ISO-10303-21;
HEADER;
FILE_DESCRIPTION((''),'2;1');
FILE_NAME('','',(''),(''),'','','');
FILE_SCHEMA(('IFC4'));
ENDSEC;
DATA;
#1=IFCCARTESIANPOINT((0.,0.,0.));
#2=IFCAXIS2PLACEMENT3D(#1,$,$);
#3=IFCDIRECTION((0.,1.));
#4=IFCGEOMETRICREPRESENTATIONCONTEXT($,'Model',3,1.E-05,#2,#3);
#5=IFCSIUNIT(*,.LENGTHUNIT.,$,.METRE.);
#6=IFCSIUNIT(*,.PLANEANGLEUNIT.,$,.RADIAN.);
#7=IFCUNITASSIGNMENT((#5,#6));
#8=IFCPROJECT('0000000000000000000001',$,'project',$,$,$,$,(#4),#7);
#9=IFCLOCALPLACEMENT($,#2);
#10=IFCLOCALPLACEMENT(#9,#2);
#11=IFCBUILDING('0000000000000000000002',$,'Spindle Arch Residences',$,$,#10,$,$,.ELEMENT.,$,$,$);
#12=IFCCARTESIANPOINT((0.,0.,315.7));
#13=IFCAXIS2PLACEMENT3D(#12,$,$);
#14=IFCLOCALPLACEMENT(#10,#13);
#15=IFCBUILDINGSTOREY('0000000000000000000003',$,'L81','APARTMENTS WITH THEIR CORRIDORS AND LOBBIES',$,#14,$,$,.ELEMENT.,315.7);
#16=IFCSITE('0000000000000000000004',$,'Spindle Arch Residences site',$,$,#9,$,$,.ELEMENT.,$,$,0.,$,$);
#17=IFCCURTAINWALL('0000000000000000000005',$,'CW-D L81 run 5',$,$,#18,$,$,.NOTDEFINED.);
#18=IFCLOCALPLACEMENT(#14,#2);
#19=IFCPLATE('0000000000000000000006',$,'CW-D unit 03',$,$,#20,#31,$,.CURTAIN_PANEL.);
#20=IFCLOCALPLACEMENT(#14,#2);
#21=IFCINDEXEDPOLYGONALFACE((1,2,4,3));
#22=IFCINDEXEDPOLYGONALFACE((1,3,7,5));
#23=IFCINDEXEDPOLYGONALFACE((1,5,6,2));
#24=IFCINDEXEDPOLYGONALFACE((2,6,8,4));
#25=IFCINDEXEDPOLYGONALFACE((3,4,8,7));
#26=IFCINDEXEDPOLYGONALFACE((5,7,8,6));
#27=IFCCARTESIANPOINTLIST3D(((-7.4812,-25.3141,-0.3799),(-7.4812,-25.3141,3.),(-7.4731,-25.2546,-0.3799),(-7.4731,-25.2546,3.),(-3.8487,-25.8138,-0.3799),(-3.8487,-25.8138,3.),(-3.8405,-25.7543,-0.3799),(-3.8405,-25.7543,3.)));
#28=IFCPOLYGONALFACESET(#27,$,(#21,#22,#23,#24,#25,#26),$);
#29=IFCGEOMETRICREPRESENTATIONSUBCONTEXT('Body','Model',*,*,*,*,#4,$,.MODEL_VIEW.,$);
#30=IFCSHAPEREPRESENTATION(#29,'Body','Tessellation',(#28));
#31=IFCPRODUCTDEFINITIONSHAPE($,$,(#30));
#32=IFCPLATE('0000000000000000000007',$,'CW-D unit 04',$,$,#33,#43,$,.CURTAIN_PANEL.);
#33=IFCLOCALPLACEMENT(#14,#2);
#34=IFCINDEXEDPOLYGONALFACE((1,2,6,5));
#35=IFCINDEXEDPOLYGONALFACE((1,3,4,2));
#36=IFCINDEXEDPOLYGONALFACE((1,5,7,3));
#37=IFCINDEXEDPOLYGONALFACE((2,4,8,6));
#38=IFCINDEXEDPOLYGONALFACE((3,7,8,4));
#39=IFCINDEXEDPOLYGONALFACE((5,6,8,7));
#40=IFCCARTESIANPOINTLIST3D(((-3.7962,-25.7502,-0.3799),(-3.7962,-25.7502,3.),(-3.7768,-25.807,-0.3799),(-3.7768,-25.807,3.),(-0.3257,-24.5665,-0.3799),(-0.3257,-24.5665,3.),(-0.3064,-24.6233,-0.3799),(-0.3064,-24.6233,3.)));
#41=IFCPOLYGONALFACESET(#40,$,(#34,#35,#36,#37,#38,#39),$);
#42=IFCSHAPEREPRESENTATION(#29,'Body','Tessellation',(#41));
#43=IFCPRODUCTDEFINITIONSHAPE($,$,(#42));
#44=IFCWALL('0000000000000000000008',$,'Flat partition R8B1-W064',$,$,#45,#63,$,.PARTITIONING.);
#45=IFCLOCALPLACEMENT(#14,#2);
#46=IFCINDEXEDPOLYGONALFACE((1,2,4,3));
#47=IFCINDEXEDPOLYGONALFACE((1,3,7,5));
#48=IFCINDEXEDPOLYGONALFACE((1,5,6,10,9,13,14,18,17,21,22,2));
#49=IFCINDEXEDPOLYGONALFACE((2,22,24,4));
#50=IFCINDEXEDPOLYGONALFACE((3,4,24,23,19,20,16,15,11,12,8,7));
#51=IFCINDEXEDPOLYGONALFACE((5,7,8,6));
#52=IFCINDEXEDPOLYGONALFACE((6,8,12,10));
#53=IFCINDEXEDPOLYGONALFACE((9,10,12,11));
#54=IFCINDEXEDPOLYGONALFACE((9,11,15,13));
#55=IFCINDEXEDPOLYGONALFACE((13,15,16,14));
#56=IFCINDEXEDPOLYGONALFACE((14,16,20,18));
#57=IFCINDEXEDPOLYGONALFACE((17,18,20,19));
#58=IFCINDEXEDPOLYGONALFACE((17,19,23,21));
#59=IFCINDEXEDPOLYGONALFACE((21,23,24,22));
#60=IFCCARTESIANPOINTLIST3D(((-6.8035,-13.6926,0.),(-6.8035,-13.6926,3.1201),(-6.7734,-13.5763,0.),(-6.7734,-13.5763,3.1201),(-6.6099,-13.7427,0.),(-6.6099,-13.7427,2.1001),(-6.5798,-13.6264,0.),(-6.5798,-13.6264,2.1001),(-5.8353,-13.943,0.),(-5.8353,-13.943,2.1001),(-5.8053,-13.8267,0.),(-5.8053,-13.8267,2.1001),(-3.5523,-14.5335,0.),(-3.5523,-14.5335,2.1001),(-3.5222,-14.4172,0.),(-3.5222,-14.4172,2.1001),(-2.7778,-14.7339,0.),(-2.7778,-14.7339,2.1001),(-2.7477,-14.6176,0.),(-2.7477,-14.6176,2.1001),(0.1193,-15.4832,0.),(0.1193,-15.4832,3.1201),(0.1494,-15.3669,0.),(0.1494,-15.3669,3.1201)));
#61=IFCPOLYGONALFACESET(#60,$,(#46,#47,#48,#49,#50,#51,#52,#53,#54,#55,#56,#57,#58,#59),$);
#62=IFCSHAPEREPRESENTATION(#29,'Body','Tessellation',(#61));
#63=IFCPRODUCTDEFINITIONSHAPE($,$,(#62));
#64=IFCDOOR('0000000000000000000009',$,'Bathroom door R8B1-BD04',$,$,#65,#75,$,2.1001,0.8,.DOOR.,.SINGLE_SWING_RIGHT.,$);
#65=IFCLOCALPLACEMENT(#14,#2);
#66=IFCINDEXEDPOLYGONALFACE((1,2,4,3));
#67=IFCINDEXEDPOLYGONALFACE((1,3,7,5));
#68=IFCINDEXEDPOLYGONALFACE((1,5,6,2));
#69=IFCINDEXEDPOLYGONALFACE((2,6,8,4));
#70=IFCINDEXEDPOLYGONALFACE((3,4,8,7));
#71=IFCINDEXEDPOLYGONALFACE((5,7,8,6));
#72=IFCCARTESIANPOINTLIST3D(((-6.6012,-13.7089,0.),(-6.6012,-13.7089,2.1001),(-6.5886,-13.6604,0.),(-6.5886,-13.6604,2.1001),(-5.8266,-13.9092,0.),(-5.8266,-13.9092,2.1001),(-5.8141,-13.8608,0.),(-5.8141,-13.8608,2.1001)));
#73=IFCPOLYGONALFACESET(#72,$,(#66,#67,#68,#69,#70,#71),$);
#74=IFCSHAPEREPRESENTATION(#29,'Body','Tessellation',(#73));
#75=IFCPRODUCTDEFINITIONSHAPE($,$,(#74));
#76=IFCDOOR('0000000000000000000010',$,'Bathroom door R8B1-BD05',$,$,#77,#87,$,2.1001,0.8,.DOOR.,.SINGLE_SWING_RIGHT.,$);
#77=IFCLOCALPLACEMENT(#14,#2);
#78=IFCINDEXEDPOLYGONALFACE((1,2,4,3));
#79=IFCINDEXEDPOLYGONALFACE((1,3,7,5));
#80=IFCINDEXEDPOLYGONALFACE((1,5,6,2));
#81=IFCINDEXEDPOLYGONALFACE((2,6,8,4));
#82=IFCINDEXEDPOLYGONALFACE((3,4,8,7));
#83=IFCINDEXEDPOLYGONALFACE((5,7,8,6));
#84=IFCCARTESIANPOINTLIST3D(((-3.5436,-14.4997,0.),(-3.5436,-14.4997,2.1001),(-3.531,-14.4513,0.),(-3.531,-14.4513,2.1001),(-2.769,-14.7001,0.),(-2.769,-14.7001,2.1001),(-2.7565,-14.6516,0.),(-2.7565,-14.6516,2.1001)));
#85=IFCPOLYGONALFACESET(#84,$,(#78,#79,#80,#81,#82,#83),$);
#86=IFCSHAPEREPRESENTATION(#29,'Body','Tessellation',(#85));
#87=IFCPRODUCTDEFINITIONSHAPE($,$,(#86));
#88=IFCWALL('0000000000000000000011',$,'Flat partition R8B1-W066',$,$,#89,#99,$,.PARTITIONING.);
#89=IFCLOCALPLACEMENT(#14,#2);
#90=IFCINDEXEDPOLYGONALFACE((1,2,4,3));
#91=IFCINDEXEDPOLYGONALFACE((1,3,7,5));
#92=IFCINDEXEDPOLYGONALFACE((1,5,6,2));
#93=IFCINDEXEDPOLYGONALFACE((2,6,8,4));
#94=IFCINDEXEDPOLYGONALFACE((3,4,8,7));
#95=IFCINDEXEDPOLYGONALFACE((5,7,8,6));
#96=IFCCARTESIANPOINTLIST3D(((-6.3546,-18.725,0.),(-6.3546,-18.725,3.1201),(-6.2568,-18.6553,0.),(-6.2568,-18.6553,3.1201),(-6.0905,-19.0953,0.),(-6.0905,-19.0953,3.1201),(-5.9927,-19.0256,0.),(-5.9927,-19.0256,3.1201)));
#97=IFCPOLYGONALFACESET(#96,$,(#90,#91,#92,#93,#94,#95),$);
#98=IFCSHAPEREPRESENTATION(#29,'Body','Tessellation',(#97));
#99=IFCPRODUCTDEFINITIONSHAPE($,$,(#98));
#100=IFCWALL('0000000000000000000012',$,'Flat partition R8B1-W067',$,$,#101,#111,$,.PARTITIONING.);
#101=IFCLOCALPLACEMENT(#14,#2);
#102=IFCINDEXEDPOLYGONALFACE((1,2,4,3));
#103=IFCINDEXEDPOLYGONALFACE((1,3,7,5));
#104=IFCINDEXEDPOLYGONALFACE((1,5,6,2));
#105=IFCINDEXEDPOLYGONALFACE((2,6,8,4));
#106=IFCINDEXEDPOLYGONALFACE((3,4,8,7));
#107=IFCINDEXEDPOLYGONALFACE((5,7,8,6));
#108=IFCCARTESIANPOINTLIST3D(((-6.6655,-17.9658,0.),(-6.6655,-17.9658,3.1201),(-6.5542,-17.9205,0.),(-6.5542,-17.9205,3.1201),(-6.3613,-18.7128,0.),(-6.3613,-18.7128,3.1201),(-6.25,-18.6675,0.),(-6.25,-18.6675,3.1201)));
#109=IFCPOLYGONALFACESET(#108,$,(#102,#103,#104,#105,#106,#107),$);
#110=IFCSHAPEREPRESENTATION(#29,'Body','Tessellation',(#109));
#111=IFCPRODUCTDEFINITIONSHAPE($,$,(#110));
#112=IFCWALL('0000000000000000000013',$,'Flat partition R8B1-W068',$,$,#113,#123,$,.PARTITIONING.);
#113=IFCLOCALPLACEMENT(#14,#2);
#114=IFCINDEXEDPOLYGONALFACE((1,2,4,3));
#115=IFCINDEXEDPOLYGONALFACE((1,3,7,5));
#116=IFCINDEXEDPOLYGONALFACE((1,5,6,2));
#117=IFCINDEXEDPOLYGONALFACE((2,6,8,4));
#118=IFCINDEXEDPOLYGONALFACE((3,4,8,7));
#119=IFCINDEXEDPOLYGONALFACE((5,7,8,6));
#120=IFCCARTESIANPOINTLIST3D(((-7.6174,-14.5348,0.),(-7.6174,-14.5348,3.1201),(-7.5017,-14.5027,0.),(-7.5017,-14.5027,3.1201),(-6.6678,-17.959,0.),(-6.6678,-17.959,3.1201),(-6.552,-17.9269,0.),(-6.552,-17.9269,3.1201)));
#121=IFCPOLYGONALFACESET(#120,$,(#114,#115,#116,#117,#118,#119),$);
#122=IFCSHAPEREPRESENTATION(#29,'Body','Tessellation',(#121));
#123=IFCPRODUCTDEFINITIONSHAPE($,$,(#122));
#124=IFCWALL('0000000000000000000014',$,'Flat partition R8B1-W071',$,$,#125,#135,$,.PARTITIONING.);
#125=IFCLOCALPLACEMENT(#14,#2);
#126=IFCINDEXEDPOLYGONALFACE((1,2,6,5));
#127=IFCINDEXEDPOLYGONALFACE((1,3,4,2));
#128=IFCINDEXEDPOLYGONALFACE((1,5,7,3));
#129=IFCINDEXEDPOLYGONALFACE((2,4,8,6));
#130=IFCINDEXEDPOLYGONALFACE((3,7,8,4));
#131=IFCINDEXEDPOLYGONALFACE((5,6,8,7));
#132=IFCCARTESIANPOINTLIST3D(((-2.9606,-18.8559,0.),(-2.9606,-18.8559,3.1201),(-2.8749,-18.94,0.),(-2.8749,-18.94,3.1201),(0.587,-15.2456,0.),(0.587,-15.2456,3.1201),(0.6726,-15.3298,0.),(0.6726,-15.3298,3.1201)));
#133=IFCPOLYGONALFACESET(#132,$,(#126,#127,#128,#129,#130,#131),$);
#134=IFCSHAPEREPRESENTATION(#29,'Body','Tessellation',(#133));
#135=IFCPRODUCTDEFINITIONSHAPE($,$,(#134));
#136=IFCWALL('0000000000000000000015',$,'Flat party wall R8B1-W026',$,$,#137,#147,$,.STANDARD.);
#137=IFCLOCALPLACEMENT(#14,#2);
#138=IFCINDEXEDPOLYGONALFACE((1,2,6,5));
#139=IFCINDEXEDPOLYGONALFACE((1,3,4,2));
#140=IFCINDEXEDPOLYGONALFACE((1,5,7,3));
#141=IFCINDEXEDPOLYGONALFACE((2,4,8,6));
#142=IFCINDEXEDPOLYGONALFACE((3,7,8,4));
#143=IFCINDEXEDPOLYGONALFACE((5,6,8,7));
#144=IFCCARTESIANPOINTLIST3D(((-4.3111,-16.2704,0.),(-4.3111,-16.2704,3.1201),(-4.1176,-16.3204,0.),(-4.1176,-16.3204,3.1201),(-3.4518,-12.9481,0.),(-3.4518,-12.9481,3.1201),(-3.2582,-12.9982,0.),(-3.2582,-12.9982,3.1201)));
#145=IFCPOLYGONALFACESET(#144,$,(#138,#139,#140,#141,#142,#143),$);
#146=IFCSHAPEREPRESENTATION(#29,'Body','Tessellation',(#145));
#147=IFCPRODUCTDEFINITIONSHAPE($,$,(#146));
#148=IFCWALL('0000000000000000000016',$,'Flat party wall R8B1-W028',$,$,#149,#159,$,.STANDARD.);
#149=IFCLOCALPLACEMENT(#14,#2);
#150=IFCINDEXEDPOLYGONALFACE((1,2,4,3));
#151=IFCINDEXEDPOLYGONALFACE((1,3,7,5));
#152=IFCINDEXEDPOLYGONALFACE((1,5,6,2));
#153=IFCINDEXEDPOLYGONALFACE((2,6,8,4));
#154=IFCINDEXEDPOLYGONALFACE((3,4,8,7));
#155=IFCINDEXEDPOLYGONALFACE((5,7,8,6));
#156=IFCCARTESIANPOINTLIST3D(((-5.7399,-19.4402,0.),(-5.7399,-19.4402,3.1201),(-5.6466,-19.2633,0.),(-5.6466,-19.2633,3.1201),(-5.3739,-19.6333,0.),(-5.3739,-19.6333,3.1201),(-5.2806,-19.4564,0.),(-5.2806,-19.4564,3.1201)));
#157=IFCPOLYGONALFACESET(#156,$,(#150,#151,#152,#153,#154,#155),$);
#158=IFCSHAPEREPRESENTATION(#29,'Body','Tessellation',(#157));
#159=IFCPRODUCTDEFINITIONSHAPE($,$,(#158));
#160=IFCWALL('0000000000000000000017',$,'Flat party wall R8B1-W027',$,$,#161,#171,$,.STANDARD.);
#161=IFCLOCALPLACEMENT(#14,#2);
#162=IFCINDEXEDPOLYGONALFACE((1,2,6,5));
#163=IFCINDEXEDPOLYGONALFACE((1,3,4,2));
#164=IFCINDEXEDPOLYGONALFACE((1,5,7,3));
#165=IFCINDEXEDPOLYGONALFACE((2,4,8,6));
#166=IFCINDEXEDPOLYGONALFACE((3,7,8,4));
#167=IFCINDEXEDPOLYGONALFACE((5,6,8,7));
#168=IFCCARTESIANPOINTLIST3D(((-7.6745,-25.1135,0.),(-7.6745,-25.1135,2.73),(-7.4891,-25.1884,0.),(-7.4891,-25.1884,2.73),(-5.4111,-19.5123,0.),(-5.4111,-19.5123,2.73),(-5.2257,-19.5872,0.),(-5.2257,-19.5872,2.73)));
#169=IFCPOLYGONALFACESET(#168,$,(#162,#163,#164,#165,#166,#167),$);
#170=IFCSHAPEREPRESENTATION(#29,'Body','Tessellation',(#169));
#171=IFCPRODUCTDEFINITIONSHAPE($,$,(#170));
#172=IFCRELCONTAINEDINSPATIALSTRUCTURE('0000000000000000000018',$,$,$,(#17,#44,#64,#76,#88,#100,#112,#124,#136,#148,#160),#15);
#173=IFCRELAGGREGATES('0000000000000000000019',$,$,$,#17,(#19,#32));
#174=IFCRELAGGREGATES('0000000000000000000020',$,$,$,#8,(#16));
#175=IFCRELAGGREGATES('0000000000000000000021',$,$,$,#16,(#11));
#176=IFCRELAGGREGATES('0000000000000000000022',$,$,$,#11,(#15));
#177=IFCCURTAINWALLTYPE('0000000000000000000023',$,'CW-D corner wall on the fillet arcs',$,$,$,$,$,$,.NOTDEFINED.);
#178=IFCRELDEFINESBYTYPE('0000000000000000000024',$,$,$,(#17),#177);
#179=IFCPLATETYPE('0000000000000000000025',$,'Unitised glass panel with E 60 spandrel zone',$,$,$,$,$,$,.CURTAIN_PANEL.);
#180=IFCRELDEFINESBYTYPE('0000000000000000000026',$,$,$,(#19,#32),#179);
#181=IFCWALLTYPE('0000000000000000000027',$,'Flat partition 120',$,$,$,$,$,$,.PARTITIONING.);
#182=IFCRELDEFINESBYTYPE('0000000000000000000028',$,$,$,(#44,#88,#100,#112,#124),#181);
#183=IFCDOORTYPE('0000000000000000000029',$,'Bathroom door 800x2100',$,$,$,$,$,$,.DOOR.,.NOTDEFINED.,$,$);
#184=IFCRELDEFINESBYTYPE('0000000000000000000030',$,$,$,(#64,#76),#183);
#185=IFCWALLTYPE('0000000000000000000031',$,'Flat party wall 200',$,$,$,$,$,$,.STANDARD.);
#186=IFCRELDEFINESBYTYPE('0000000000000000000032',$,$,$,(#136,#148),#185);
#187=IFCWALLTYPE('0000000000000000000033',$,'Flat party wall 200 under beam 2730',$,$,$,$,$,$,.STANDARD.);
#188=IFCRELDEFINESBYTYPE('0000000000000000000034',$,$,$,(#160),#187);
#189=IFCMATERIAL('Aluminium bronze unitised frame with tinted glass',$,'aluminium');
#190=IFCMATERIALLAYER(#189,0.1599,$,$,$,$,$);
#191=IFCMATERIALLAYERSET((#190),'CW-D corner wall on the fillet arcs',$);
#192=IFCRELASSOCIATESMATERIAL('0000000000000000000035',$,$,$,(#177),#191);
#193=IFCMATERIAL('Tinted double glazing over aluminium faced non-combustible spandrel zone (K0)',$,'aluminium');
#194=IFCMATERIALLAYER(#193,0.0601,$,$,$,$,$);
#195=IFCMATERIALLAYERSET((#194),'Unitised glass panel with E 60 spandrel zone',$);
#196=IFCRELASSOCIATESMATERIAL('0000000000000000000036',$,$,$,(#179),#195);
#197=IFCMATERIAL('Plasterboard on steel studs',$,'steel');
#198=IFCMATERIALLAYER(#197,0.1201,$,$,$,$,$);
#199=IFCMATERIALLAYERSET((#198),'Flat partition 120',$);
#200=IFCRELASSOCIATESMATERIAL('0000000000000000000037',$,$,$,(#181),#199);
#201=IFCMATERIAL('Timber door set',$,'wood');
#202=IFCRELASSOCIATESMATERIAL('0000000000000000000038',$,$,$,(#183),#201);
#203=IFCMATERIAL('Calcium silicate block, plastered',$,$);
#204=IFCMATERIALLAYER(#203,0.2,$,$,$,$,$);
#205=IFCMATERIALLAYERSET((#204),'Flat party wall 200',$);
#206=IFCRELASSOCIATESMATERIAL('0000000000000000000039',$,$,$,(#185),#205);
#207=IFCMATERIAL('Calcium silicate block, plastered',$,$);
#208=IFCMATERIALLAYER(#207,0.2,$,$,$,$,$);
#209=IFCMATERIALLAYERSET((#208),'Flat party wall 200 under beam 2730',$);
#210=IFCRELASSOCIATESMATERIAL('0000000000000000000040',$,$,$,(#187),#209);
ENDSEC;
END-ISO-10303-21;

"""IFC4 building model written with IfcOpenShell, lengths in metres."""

from ifc_helpers import new_model, si_unit, direction, frame, frame_2d, origin, origin_2d, place, context, subcontext, project, spatial, rectangle, extrude, material, layer, layer_set, type_object, element, fill, aggregate, save


model = new_model("IFC4")

# Units and contexts
model_context = context("Model", 3, precision=1e-05, world=origin(), true_north=direction((0.0, 1.0)))
body_context = subcontext(model_context, "Body", "Model", "MODEL_VIEW")
ifc_project = project(units=[si_unit("LENGTHUNIT", "METRE"), si_unit("PLANEANGLEUNIT", "RADIAN")], contexts=[model_context])

# Site, building, storey
site_placement = place(None, origin())
site = spatial("IfcSite", under=ifc_project, at=site_placement, Name="Spindle Arch Residences site", CompositionType="ELEMENT", RefElevation=0.0)
building_placement = place(site_placement, origin())
building = spatial("IfcBuilding", under=site, at=building_placement, Name="Spindle Arch Residences", CompositionType="ELEMENT")
storey_placement = place(building_placement, frame((0.0, 0.0, 315.7)))
storey = spatial("IfcBuildingStorey", under=building, at=storey_placement, Name="L81", Description="APARTMENTS WITH THEIR CORRIDORS AND LOBBIES", CompositionType="ELEMENT", Elevation=315.7)

# Curtain wall
ifc_material_1 = material(Name="Aluminium bronze unitised frame with tinted glass", Category="aluminium")
ifc_layer_1 = layer(ifc_material_1, 0.1599)
ifc_layer_set_1 = layer_set([ifc_layer_1], Name="CW-D corner wall on the fillet arcs")
curtain_wall_type = type_object("IfcCurtainWallType", Name="CW-D corner wall on the fillet arcs", PredefinedType="NOTDEFINED", material=ifc_layer_set_1)
curtain_wall_placement = place(storey_placement, origin())
curtain_wall = element("IfcCurtainWall", 1, at=curtain_wall_placement, inside=storey, type_object=curtain_wall_type, Name="CW-D L81 run 5", PredefinedType="NOTDEFINED")

# Plates
ifc_material_2 = material(Name="Tinted double glazing over aluminium faced non-combustible spandrel zone (K0)", Category="aluminium")
ifc_layer_2 = layer(ifc_material_2, 0.0601)
ifc_layer_set_2 = layer_set([ifc_layer_2], Name="Unitised glass panel with E 60 spandrel zone")
plate_type = type_object("IfcPlateType", Name="Unitised glass panel with E 60 spandrel zone", PredefinedType="CURTAIN_PANEL", material=ifc_layer_set_2)
plate_1_placement = place(storey_placement, frame((-5.6609, -25.5342, -0.3799), z_axis=(0.0, 0.0, 1.0), x_axis=(0.990669, -0.136292, 0.0)))
plate_1 = element("IfcPlate", 2, at=plate_1_placement, type_object=plate_type, Name="CW-D unit 03", PredefinedType="CURTAIN_PANEL", context=body_context, shape_type="SweptSolid", body=[
    extrude(rectangle(XDim=3.6667, YDim=0.0601, at=origin_2d()), origin(), (0.0, 0.0, 1.0), 3.3799),
])
plate_2_placement = place(storey_placement, frame((-2.0513, -25.1868, -0.3799), z_axis=(0.0, 0.0, 1.0), x_axis=(0.946462, 0.322816, 0.0)))
plate_2 = element("IfcPlate", 3, at=plate_2_placement, type_object=plate_type, Name="CW-D unit 04", PredefinedType="CURTAIN_PANEL", context=body_context, shape_type="SweptSolid", body=[
    extrude(rectangle(XDim=3.6667, YDim=0.0601, at=origin_2d()), origin(), (0.0, 0.0, 1.0), 3.3799),
])
aggregate(curtain_wall, [plate_1, plate_2])

# Wall, openings, doors
ifc_material_3 = material(Name="Plasterboard on steel studs", Category="steel")
ifc_layer_3 = layer(ifc_material_3, 0.1201)
ifc_layer_set_3 = layer_set([ifc_layer_3], Name="Flat partition 120")
wall_type_1 = type_object("IfcWallType", Name="Flat partition 120", PredefinedType="PARTITIONING", material=ifc_layer_set_3)
wall_1_placement = place(storey_placement, frame((-6.7883, -13.6345, 0.0), z_axis=(0.0, 0.0, 1.0), x_axis=(0.968142, -0.2504, 0.0)))
wall_1 = element("IfcWall", 4, at=wall_1_placement, inside=storey, type_object=wall_type_1, Name="Flat partition R8B1-W064", PredefinedType="PARTITIONING", context=body_context, shape_type="SweptSolid", body=[
    extrude(rectangle(XDim=7.1506, YDim=0.1201, at=frame_2d((3.5752, 0.0))), origin(), (0.0, 0.0, 1.0), 3.1201),
])
opening_1_placement = place(wall_1_placement, frame((0.2, 0.0, 0.0)))
opening_1 = element("IfcOpeningElement", 5, at=opening_1_placement, cuts=wall_1, PredefinedType="OPENING", context=body_context, shape_type="SweptSolid", body=[
    extrude(rectangle(XDim=0.8, YDim=2.1001, at=frame_2d((0.3999, 1.05))), frame((0.0, 0.0701, 0.0), z_axis=(0.0, -1.0, 0.0), x_axis=(1.0, 0.0, 0.0)), (0.0, 0.0, 1.0), 0.1401),
])
opening_2_placement = place(wall_1_placement, frame((3.3582, 0.0, 0.0)))
opening_2 = element("IfcOpeningElement", 6, at=opening_2_placement, cuts=wall_1, PredefinedType="OPENING", context=body_context, shape_type="SweptSolid", body=[
    extrude(rectangle(XDim=0.8, YDim=2.1001, at=frame_2d((0.3999, 1.05))), frame((0.0, 0.0701, 0.0), z_axis=(0.0, -1.0, 0.0), x_axis=(1.0, 0.0, 0.0)), (0.0, 0.0, 1.0), 0.1401),
])
ifc_material_4 = material(Name="Timber door set", Category="wood")
door_type = type_object("IfcDoorType", Name="Bathroom door 800x2100", OperationType="NOTDEFINED", PredefinedType="DOOR", material=ifc_material_4)
door_1_placement = place(opening_1_placement, origin())
door_1 = element("IfcDoor", 7, at=door_1_placement, inside=storey, type_object=door_type, Name="Bathroom door R8B1-BD04", OperationType="SINGLE_SWING_RIGHT", OverallHeight=2.1001, OverallWidth=0.8, PredefinedType="DOOR", context=body_context, shape_type="SweptSolid", body=[
    extrude(rectangle(XDim=0.8, YDim=2.1001, at=frame_2d((0.3999, 1.05))), frame((0.0, 0.0249, 0.0), z_axis=(0.0, -1.0, 0.0), x_axis=(1.0, 0.0, 0.0)), (0.0, 0.0, 1.0), 0.05),
])
fill(opening_1, door_1)
door_2_placement = place(opening_2_placement, origin())
door_2 = element("IfcDoor", 8, at=door_2_placement, inside=storey, type_object=door_type, Name="Bathroom door R8B1-BD05", OperationType="SINGLE_SWING_RIGHT", OverallHeight=2.1001, OverallWidth=0.8, PredefinedType="DOOR", context=body_context, shape_type="SweptSolid", body=[
    extrude(rectangle(XDim=0.8, YDim=2.1001, at=frame_2d((0.3999, 1.05))), frame((0.0, 0.0249, 0.0), z_axis=(0.0, -1.0, 0.0), x_axis=(1.0, 0.0, 0.0)), (0.0, 0.0, 1.0), 0.05),
])
fill(opening_2, door_2)

# Walls
wall_2_placement = place(storey_placement, frame((-6.0415, -19.0605, 0.0), z_axis=(0.0, 0.0, 1.0), x_axis=(-0.58068, 0.814132, 0.0)))
element("IfcWall", 9, at=wall_2_placement, inside=storey, type_object=wall_type_1, Name="Flat partition R8B1-W066", PredefinedType="PARTITIONING", context=body_context, shape_type="SweptSolid", body=[
    extrude(rectangle(XDim=0.4548, YDim=0.1201, at=frame_2d((0.2275, 0.0))), origin(), (0.0, 0.0, 1.0), 3.1201),
])
wall_3_placement = place(storey_placement, frame((-6.3057, -18.6902, 0.0), z_axis=(0.0, 0.0, 1.0), x_axis=(-0.377124, 0.926163, 0.0)))
element("IfcWall", 10, at=wall_3_placement, inside=storey, type_object=wall_type_1, Name="Flat partition R8B1-W067", PredefinedType="PARTITIONING", context=body_context, shape_type="SweptSolid", body=[
    extrude(rectangle(XDim=0.8066, YDim=0.1201, at=frame_2d((0.4033, 0.0))), origin(), (0.0, 0.0, 1.0), 3.1201),
])
wall_4_placement = place(storey_placement, frame((-6.6099, -17.9431, 0.0), z_axis=(0.0, 0.0, 1.0), x_axis=(-0.267254, 0.963626, 0.0)))
element("IfcWall", 11, at=wall_4_placement, inside=storey, type_object=wall_type_1, Name="Flat partition R8B1-W068", PredefinedType="PARTITIONING", context=body_context, shape_type="SweptSolid", body=[
    extrude(rectangle(XDim=3.5535, YDim=0.1201, at=frame_2d((1.7769, 0.0))), origin(), (0.0, 0.0, 1.0), 3.1201),
])
wall_5_placement = place(storey_placement, frame((-2.9177, -18.8979, 0.0), z_axis=(0.0, 0.0, 1.0), x_axis=(0.700882, 0.713278, 0.0)))
element("IfcWall", 12, at=wall_5_placement, inside=storey, type_object=wall_type_1, Name="Flat partition R8B1-W071", PredefinedType="PARTITIONING", context=body_context, shape_type="SweptSolid", body=[
    extrude(rectangle(XDim=5.0615, YDim=0.1201, at=frame_2d((2.5308, 0.0))), origin(), (0.0, 0.0, 1.0), 3.1201),
])
ifc_material_5 = material(Name="Calcium silicate block, plastered")
ifc_layer_4 = layer(ifc_material_5, 0.2)
ifc_layer_set_4 = layer_set([ifc_layer_4], Name="Flat party wall 200")
wall_type_2 = type_object("IfcWallType", Name="Flat party wall 200", PredefinedType="STANDARD", material=ifc_layer_set_4)
wall_6_placement = place(storey_placement, frame((-4.2144, -16.2954, 0.0), z_axis=(0.0, 0.0, 1.0), x_axis=(0.250429, 0.968135, 0.0)))
element("IfcWall", 13, at=wall_6_placement, inside=storey, type_object=wall_type_2, Name="Flat party wall R8B1-W026", PredefinedType="STANDARD", context=body_context, shape_type="SweptSolid", body=[
    extrude(rectangle(XDim=3.4316, YDim=0.2, at=frame_2d((1.7158, 0.0))), origin(), (0.0, 0.0, 1.0), 3.1201),
])
wall_7_placement = place(storey_placement, frame((-5.3271, -19.5449, 0.0), z_axis=(0.0, 0.0, 1.0), x_axis=(-0.884419, 0.466695, 0.0)))
element("IfcWall", 14, at=wall_7_placement, inside=storey, type_object=wall_type_2, Name="Flat party wall R8B1-W028", PredefinedType="STANDARD", context=body_context, shape_type="SweptSolid", body=[
    extrude(rectangle(XDim=0.4138, YDim=0.2, at=frame_2d((0.207, 0.0))), origin(), (0.0, 0.0, 1.0), 3.1201),
])
ifc_material_6 = material(Name="Calcium silicate block, plastered")
ifc_layer_5 = layer(ifc_material_6, 0.2)
ifc_layer_set_5 = layer_set([ifc_layer_5], Name="Flat party wall 200 under beam 2730")
wall_type_3 = type_object("IfcWallType", Name="Flat party wall 200 under beam 2730", PredefinedType="STANDARD", material=ifc_layer_set_5)
wall_8_placement = place(storey_placement, frame((-7.5818, -25.1509, 0.0), z_axis=(0.0, 0.0, 1.0), x_axis=(0.374656, 0.927164, 0.0)))
element("IfcWall", 15, at=wall_8_placement, inside=storey, type_object=wall_type_3, Name="Flat party wall R8B1-W027", PredefinedType="STANDARD", context=body_context, shape_type="SweptSolid", body=[
    extrude(rectangle(XDim=6.0413, YDim=0.2, at=frame_2d((3.0205, 0.0))), origin(), (0.0, 0.0, 1.0), 2.73),
])

save(model, "model.ifc")
